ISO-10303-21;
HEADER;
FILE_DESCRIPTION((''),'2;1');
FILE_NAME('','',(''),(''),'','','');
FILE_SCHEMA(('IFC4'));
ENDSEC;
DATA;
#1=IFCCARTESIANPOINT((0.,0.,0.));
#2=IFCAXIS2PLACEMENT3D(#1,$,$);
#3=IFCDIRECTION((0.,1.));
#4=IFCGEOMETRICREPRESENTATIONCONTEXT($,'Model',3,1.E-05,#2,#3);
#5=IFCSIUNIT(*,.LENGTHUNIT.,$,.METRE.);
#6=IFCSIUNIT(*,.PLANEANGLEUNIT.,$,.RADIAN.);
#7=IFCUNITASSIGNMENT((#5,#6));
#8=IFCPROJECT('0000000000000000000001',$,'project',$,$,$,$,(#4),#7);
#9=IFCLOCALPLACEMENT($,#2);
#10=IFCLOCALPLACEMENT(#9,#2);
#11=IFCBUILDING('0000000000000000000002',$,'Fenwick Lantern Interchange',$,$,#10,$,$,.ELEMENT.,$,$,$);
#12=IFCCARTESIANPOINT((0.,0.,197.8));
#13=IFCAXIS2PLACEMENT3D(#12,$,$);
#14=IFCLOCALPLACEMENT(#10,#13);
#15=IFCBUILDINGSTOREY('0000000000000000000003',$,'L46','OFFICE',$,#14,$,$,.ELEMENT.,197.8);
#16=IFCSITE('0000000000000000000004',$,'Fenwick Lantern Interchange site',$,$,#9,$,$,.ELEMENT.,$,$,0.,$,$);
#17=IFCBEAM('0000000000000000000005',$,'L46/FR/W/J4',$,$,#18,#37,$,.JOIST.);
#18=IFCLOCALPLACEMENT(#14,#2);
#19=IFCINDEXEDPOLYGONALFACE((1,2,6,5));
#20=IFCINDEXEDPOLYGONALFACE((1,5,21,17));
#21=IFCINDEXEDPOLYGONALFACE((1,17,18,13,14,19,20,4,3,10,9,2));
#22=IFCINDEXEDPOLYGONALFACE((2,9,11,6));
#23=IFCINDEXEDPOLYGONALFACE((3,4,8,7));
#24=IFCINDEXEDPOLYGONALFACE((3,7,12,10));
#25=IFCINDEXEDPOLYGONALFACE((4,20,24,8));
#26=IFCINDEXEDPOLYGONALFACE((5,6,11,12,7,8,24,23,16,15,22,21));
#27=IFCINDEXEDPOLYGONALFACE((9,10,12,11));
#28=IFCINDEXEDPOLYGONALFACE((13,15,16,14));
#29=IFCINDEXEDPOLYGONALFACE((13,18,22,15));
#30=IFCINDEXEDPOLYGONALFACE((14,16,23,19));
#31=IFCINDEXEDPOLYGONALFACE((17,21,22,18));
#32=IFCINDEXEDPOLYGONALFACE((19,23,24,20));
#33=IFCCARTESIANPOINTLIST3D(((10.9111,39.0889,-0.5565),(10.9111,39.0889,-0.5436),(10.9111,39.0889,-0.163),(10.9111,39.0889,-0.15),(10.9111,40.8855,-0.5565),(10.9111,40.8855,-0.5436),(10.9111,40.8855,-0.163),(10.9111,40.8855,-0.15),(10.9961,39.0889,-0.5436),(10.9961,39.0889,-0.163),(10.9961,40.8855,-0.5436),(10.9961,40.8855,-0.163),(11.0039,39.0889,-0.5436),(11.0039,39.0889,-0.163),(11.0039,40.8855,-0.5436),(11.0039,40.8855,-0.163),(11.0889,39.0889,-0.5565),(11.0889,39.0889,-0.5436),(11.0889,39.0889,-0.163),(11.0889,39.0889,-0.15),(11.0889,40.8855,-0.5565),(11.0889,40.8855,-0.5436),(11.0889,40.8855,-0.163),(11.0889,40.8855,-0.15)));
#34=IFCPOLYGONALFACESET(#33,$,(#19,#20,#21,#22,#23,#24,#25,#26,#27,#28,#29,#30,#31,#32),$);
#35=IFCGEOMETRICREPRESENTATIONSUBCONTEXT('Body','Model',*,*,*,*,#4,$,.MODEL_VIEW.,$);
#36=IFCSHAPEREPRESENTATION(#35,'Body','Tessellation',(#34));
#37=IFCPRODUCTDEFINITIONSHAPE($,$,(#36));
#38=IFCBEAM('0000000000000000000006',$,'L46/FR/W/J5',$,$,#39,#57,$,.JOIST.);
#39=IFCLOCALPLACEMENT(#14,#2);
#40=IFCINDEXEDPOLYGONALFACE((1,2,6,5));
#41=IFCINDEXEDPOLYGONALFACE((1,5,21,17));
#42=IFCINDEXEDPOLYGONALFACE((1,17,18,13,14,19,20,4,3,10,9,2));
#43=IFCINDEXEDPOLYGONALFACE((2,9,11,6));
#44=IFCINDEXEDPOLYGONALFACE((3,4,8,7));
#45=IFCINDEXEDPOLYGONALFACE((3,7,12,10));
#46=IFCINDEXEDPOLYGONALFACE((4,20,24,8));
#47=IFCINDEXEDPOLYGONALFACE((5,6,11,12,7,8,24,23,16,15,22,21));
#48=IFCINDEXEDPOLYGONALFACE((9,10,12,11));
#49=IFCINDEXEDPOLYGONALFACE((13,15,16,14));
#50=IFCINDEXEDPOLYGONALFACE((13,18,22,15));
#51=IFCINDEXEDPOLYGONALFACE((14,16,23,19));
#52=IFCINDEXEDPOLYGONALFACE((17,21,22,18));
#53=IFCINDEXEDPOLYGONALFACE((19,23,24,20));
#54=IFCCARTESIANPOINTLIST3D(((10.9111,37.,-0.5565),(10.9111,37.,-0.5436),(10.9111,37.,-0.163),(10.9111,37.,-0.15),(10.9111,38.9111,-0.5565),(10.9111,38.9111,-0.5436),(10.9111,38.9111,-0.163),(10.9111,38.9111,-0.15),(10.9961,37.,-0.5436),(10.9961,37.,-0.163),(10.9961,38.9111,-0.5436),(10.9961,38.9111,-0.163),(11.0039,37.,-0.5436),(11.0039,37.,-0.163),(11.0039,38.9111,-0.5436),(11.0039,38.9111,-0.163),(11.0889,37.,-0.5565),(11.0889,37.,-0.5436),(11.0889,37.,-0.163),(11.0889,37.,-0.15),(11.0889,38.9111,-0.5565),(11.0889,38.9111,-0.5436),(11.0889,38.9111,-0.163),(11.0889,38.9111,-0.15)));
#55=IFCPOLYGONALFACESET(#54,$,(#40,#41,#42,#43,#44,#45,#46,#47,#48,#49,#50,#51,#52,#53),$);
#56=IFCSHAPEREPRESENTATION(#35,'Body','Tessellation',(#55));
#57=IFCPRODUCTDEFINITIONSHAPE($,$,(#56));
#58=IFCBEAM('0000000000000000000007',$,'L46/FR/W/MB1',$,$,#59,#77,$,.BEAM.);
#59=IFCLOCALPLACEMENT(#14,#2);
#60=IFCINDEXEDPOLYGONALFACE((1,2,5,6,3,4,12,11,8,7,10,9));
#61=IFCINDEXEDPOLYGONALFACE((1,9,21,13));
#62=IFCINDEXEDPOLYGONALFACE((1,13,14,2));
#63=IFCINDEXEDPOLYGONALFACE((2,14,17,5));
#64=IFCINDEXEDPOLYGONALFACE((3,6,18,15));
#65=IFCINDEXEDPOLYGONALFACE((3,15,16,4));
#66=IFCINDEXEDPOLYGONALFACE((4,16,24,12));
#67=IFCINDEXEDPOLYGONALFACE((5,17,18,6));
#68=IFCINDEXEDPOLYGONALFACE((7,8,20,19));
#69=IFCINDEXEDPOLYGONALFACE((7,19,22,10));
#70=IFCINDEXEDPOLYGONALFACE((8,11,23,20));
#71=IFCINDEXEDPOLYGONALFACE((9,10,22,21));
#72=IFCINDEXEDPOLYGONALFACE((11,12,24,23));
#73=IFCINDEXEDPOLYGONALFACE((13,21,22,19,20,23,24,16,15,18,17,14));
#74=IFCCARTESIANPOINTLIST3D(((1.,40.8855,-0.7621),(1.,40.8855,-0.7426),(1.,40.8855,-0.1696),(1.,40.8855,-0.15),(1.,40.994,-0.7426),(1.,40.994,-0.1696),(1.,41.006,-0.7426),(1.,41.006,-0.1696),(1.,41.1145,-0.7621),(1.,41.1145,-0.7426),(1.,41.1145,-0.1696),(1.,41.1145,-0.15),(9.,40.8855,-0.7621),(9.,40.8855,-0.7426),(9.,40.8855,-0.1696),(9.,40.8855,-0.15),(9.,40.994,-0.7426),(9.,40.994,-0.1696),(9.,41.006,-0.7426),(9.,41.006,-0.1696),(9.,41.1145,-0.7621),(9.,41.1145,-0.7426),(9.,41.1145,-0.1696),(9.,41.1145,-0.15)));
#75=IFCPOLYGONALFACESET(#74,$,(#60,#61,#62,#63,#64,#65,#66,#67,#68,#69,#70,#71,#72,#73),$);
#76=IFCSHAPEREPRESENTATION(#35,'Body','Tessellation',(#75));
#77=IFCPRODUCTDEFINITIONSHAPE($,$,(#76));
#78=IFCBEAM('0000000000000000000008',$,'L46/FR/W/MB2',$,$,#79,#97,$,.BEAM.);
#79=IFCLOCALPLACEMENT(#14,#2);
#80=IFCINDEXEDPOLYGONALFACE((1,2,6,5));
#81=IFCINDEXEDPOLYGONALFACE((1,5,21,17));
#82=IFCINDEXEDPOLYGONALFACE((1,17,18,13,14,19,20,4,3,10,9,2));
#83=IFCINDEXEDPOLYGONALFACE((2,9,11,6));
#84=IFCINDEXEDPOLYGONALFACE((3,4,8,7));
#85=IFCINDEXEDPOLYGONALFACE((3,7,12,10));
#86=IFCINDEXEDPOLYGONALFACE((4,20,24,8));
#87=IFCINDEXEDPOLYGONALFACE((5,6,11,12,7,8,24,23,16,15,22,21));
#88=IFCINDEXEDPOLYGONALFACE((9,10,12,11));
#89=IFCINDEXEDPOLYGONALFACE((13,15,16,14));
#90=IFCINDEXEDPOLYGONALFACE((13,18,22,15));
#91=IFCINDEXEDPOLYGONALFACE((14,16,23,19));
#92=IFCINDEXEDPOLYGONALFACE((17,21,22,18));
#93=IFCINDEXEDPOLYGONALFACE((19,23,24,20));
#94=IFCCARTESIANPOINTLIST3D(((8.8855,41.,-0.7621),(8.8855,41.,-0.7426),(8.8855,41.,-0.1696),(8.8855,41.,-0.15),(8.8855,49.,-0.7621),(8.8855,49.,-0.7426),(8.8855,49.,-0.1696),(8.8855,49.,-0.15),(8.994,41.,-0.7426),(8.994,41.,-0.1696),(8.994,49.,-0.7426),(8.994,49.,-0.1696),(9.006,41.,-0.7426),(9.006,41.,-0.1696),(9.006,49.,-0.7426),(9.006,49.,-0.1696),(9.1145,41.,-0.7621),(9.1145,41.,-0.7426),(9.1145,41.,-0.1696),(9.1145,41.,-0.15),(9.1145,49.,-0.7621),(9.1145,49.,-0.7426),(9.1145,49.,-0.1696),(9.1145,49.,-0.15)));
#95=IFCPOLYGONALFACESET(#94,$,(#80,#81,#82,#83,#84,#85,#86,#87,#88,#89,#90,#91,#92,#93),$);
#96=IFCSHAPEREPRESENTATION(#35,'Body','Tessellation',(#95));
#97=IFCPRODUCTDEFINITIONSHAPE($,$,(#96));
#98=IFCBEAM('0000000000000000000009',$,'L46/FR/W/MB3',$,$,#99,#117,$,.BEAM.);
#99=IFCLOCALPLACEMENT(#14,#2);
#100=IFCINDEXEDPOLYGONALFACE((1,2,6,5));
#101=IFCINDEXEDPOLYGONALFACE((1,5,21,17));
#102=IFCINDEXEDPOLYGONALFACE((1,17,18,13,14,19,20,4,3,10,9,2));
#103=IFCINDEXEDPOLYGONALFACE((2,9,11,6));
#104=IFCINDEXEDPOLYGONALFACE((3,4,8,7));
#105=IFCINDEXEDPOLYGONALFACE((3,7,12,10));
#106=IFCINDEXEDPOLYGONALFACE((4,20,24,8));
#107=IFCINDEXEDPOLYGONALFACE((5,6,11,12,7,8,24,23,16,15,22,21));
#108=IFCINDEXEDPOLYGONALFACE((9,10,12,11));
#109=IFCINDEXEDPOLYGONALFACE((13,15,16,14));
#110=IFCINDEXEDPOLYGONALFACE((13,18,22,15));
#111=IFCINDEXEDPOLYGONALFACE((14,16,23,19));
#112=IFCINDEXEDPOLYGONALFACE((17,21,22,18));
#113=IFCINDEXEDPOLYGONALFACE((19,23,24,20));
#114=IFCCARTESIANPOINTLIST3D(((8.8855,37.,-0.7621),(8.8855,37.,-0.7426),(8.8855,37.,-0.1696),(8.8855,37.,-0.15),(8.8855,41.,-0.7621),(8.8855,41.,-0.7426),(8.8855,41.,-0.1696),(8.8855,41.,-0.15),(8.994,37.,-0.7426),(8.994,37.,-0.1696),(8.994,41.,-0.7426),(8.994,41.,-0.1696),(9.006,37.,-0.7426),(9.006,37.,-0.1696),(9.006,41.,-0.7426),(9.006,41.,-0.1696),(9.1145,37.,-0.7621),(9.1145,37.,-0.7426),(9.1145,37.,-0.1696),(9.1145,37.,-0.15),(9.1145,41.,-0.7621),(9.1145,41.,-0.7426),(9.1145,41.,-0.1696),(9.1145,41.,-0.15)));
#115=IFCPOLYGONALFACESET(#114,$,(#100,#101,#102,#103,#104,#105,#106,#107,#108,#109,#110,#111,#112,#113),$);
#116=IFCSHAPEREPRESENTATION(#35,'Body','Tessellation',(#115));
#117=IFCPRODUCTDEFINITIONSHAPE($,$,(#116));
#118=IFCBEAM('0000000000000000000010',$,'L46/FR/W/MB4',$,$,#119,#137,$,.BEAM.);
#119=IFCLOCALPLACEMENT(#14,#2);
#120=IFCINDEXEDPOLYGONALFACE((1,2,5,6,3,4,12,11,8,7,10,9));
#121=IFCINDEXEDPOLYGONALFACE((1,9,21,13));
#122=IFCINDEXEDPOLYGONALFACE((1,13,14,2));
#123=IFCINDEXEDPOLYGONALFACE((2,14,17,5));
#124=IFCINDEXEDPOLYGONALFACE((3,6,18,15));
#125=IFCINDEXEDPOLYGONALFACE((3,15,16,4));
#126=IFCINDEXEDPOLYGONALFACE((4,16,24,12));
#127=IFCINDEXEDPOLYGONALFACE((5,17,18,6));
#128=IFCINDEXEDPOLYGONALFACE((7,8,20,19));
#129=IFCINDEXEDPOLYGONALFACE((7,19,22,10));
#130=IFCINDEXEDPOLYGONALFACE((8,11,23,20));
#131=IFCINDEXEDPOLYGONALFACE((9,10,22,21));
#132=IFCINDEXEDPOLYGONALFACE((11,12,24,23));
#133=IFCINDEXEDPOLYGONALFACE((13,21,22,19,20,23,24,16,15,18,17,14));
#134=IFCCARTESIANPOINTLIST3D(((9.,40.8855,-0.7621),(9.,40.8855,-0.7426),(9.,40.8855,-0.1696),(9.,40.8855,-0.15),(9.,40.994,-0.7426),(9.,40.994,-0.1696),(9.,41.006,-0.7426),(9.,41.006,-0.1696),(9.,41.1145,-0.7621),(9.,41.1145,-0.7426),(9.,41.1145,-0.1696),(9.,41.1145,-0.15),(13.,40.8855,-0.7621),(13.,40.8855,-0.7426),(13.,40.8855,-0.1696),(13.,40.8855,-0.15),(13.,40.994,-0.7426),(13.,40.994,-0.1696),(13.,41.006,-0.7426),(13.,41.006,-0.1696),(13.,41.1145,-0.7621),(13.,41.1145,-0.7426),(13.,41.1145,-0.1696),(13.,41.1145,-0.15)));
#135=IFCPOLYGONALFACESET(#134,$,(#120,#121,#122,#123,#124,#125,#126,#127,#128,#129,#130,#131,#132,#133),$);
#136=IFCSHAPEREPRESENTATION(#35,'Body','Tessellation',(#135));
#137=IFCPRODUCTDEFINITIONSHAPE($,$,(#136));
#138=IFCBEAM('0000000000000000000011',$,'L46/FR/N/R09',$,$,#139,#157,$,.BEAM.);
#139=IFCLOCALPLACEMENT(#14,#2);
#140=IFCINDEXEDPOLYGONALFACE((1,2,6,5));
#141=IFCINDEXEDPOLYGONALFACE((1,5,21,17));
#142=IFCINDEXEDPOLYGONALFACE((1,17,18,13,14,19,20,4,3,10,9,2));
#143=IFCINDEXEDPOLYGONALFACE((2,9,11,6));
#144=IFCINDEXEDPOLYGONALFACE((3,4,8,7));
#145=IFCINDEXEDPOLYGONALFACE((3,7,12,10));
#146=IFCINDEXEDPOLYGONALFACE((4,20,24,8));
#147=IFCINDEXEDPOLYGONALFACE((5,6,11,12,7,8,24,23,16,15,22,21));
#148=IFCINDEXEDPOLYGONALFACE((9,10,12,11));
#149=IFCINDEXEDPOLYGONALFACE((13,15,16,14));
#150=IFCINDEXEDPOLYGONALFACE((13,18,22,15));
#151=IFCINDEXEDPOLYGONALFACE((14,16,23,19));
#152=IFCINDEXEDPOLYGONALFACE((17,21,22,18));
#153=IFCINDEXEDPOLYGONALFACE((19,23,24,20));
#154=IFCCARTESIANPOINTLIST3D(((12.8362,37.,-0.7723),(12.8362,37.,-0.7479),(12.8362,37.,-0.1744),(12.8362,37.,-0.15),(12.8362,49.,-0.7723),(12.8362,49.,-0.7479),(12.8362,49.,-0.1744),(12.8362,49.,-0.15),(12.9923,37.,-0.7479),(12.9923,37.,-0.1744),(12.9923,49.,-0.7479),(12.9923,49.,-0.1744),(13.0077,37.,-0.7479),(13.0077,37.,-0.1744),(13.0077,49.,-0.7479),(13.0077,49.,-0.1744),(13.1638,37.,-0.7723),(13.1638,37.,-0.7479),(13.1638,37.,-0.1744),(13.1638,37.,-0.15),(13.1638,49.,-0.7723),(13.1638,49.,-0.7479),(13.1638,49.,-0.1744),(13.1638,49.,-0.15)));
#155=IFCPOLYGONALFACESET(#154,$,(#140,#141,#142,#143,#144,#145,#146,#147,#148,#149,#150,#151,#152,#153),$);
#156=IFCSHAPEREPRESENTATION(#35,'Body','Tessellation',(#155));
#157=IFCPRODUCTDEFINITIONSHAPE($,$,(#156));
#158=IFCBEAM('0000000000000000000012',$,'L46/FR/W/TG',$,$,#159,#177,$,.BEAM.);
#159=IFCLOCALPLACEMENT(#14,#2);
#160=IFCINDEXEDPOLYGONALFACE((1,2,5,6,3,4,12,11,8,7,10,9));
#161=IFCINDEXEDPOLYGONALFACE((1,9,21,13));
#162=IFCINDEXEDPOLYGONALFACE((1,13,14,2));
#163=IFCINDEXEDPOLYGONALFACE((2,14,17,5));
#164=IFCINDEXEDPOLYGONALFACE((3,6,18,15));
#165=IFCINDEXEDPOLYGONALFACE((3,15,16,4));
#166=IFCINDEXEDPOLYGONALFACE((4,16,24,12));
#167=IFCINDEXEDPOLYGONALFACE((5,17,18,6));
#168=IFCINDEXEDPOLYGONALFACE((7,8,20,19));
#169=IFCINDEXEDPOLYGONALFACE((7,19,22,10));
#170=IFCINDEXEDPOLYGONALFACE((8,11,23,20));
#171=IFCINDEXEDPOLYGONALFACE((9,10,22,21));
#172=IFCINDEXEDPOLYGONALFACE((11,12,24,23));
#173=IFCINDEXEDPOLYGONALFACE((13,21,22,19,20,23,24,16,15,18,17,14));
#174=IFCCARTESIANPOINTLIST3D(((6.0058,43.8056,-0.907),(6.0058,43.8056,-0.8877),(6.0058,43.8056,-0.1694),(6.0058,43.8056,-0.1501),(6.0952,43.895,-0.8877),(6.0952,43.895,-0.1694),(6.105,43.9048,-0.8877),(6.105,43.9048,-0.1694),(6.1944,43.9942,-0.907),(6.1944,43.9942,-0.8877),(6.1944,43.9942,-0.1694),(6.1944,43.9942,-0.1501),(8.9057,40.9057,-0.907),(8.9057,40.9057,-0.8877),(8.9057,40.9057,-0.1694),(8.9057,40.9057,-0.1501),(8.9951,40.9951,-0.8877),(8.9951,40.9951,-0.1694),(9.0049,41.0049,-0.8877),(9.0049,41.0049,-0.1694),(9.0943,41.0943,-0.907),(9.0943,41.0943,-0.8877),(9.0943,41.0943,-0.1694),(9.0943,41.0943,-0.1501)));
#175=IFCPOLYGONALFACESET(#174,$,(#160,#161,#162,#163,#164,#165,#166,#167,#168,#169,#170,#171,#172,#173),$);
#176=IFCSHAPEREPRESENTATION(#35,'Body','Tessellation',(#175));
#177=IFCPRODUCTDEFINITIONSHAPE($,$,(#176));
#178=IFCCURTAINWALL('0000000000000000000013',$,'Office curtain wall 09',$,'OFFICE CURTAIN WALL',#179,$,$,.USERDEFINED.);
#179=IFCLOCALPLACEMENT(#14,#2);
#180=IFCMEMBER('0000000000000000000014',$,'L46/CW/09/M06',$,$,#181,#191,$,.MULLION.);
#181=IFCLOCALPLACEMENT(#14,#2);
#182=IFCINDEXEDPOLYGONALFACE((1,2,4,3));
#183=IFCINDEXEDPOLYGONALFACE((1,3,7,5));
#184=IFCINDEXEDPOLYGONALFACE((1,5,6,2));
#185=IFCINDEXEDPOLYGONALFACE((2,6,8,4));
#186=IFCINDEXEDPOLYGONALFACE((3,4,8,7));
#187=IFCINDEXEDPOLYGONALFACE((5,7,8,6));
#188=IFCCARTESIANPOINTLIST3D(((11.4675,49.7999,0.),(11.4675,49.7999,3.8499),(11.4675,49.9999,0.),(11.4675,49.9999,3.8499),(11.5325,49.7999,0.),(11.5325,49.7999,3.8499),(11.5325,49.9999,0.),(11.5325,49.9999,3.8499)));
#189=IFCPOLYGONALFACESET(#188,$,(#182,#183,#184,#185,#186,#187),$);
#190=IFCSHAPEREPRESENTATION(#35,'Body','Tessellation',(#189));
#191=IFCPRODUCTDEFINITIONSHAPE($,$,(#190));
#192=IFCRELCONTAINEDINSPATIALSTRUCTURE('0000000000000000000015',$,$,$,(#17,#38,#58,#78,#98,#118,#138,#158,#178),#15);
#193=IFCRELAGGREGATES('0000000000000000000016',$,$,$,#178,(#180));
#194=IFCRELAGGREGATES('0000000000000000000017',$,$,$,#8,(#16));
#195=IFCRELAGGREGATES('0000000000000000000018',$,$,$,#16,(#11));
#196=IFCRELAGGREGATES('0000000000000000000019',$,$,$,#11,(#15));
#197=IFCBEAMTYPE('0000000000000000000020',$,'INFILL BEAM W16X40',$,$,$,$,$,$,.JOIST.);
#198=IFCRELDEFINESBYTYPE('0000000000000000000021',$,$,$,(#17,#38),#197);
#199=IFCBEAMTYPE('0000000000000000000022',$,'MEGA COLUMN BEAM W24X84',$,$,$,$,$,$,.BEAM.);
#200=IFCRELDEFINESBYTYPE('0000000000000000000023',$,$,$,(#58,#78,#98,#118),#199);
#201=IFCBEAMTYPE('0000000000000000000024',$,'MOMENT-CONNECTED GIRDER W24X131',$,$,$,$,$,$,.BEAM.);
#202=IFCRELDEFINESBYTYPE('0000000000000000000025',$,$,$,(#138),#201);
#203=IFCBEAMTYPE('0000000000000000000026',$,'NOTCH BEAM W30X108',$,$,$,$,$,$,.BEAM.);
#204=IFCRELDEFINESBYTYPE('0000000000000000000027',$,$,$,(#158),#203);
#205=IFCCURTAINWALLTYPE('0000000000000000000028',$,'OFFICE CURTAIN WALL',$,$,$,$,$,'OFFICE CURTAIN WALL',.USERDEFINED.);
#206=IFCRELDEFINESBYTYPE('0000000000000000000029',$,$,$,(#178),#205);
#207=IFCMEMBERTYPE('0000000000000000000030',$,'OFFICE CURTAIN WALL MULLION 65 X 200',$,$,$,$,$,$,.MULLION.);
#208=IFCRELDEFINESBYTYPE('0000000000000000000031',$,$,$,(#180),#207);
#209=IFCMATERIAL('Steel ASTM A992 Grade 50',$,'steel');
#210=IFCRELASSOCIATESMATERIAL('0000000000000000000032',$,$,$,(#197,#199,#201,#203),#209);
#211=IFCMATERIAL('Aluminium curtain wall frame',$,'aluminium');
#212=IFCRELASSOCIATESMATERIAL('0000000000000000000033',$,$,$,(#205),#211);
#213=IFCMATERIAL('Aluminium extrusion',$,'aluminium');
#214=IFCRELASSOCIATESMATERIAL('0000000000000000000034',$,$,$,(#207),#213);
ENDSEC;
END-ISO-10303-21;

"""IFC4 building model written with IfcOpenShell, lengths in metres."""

from ifc_helpers import new_model, si_unit, direction, frame, origin, origin_2d, place, context, subcontext, project, spatial, rectangle, i_section, extrude, material, material_profile, profile_set, type_object, element, aggregate, save


model = new_model("IFC4")

# Units and contexts
model_context = context("Model", 3, precision=1e-05, world=origin(), true_north=direction((0.0, 1.0)))
body_context = subcontext(model_context, "Body", "Model", "MODEL_VIEW")
ifc_project = project(units=[si_unit("LENGTHUNIT", "METRE"), si_unit("PLANEANGLEUNIT", "RADIAN")], contexts=[model_context])

# Site, building, storey
site_placement = place(None, origin())
site = spatial("IfcSite", under=ifc_project, at=site_placement, Name="Fenwick Lantern Interchange site", CompositionType="ELEMENT", RefElevation=0.0)
building_placement = place(site_placement, origin())
building = spatial("IfcBuilding", under=site, at=building_placement, Name="Fenwick Lantern Interchange", CompositionType="ELEMENT")
storey_placement = place(building_placement, frame((0.0, 0.0, 197.8)))
storey = spatial("IfcBuildingStorey", under=building, at=storey_placement, Name="L46", Description="OFFICE", CompositionType="ELEMENT", Elevation=197.8)

# Shared definitions
ifc_material_1 = material(Name="Steel ASTM A992 Grade 50", Category="steel")

# Beams
ifc_material_profile_1 = material_profile(ifc_material_1, i_section(OverallWidth=0.1777, OverallDepth=0.4065, WebThickness=0.0078, FlangeThickness=0.0129, at=origin_2d()), Name="W16X40")
ifc_profile_set_1 = profile_set([ifc_material_profile_1], Name="Steel ASTM A992 Grade 50")
beam_type_1 = type_object("IfcBeamType", Name="INFILL BEAM W16X40", PredefinedType="JOIST", material=ifc_profile_set_1)
beam_1_placement = place(storey_placement, frame((11.0, 40.8855, -0.3533), z_axis=(0.0, -1.0, 0.0), x_axis=(1.0, 0.0, 0.0)))
element("IfcBeam", 1, at=beam_1_placement, inside=storey, type_object=beam_type_1, Name="L46/FR/W/J4", PredefinedType="JOIST", context=body_context, shape_type="SweptSolid", body=[
    extrude(i_section(OverallWidth=0.1777, OverallDepth=0.4065, WebThickness=0.0078, FlangeThickness=0.0129, at=origin_2d()), origin(), (0.0, 0.0, 1.0), 1.7966),
])
beam_2_placement = place(storey_placement, frame((11.0, 38.9111, -0.3533), z_axis=(0.0, -1.0, 0.0), x_axis=(1.0, 0.0, 0.0)))
element("IfcBeam", 2, at=beam_2_placement, inside=storey, type_object=beam_type_1, Name="L46/FR/W/J5", PredefinedType="JOIST", context=body_context, shape_type="SweptSolid", body=[
    extrude(i_section(OverallWidth=0.1777, OverallDepth=0.4065, WebThickness=0.0078, FlangeThickness=0.0129, at=origin_2d()), origin(), (0.0, 0.0, 1.0), 1.9111),
])
ifc_material_profile_2 = material_profile(ifc_material_1, i_section(OverallWidth=0.229, OverallDepth=0.6121, WebThickness=0.012, FlangeThickness=0.0195, at=origin_2d()), Name="W24X84")
ifc_profile_set_2 = profile_set([ifc_material_profile_2], Name="Steel ASTM A992 Grade 50")
beam_type_2 = type_object("IfcBeamType", Name="MEGA COLUMN BEAM W24X84", PredefinedType="BEAM", material=ifc_profile_set_2)
for number, where, z_axis, x_axis, name in (
    (3, (9.0, 41.0, -0.4561), (-1.0, 0.0, 0.0), (0.0, -1.0, 0.0), "L46/FR/W/MB1"),
    (4, (9.0, 41.0, -0.4561), (0.0, 1.0, 0.0), (-1.0, 0.0, 0.0), "L46/FR/W/MB2"),
):
    element("IfcBeam", number, at=place(storey_placement, frame(where, z_axis=z_axis, x_axis=x_axis)), inside=storey, type_object=beam_type_2, Name=name, PredefinedType="BEAM", context=body_context, shape_type="SweptSolid", body=[
        extrude(i_section(OverallWidth=0.229, OverallDepth=0.6121, WebThickness=0.012, FlangeThickness=0.0195, at=origin_2d()), origin(), (0.0, 0.0, 1.0), 8.0),
    ])
for number, where, z_axis, x_axis, name in (
    (5, (9.0, 41.0, -0.4561), (0.0, -1.0, 0.0), (1.0, 0.0, 0.0), "L46/FR/W/MB3"),
    (6, (9.0, 41.0, -0.4561), (1.0, 0.0, 0.0), (0.0, 1.0, 0.0), "L46/FR/W/MB4"),
):
    element("IfcBeam", number, at=place(storey_placement, frame(where, z_axis=z_axis, x_axis=x_axis)), inside=storey, type_object=beam_type_2, Name=name, PredefinedType="BEAM", context=body_context, shape_type="SweptSolid", body=[
        extrude(i_section(OverallWidth=0.229, OverallDepth=0.6121, WebThickness=0.012, FlangeThickness=0.0195, at=origin_2d()), origin(), (0.0, 0.0, 1.0), 4.0),
    ])
ifc_material_profile_3 = material_profile(ifc_material_1, i_section(OverallWidth=0.3276, OverallDepth=0.6223, WebThickness=0.0154, FlangeThickness=0.0244, at=origin_2d()), Name="W24X131")
ifc_profile_set_3 = profile_set([ifc_material_profile_3], Name="Steel ASTM A992 Grade 50")
beam_type_3 = type_object("IfcBeamType", Name="MOMENT-CONNECTED GIRDER W24X131", PredefinedType="BEAM", material=ifc_profile_set_3)
beam_3_placement = place(storey_placement, frame((13.0, 49.0, -0.4612), z_axis=(0.0, -1.0, 0.0), x_axis=(1.0, 0.0, 0.0)))
element("IfcBeam", 7, at=beam_3_placement, inside=storey, type_object=beam_type_3, Name="L46/FR/N/R09", PredefinedType="BEAM", context=body_context, shape_type="SweptSolid", body=[
    extrude(i_section(OverallWidth=0.3276, OverallDepth=0.6223, WebThickness=0.0154, FlangeThickness=0.0244, at=origin_2d()), origin(), (0.0, 0.0, 1.0), 12.0),
])
ifc_material_profile_4 = material_profile(ifc_material_1, i_section(OverallWidth=0.2666, OverallDepth=0.7568, WebThickness=0.0139, FlangeThickness=0.0193, at=origin_2d()), Name="W30X108")
ifc_profile_set_4 = profile_set([ifc_material_profile_4], Name="Steel ASTM A992 Grade 50")
beam_type_4 = type_object("IfcBeamType", Name="NOTCH BEAM W30X108", PredefinedType="BEAM", material=ifc_profile_set_4)
beam_4_placement = place(storey_placement, frame((9.0, 41.0, -0.5286), z_axis=(-0.707107, 0.707107, 0.0), x_axis=(-0.707107, -0.707107, 0.0)))
element("IfcBeam", 8, at=beam_4_placement, inside=storey, type_object=beam_type_4, Name="L46/FR/W/TG", PredefinedType="BEAM", context=body_context, shape_type="SweptSolid", body=[
    extrude(i_section(OverallWidth=0.2666, OverallDepth=0.7568, WebThickness=0.0139, FlangeThickness=0.0193, at=origin_2d()), origin(), (0.0, 0.0, 1.0), 4.1011),
])

# Curtain wall, member
ifc_material_2 = material(Name="Aluminium curtain wall frame", Category="aluminium")
curtain_wall_type = type_object("IfcCurtainWallType", Name="OFFICE CURTAIN WALL", ElementType="OFFICE CURTAIN WALL", PredefinedType="USERDEFINED", material=ifc_material_2)
curtain_wall_1_placement = place(storey_placement, origin())
curtain_wall_1 = element("IfcCurtainWall", 9, at=curtain_wall_1_placement, inside=storey, type_object=curtain_wall_type, Name="Office curtain wall 09", ObjectType="OFFICE CURTAIN WALL", PredefinedType="USERDEFINED")
ifc_material_3 = material(Name="Aluminium extrusion", Category="aluminium")
ifc_material_profile_5 = material_profile(ifc_material_3, rectangle(XDim=0.2, YDim=0.0649, at=origin_2d()), Name="OFFICE CURTAIN WALL MULLION 65 X 200")
ifc_profile_set_5 = profile_set([ifc_material_profile_5], Name="Aluminium extrusion")
member_type_1 = type_object("IfcMemberType", Name="OFFICE CURTAIN WALL MULLION 65 X 200", PredefinedType="MULLION", material=ifc_profile_set_5)
member_1_placement = place(storey_placement, frame((11.5, 49.8999, 0.0), z_axis=(0.0, 0.0, 1.0), x_axis=(0.0, -1.0, 0.0)))
member_1 = element("IfcMember", 10, at=member_1_placement, type_object=member_type_1, Name="L46/CW/09/M06", PredefinedType="MULLION", context=body_context, shape_type="SweptSolid", body=[
    extrude(rectangle(XDim=0.2, YDim=0.0649, at=origin_2d()), origin(), (0.0, 0.0, 1.0), 3.8499),
])

aggregate(curtain_wall_1, [member_1])

save(model, "model.ifc")
